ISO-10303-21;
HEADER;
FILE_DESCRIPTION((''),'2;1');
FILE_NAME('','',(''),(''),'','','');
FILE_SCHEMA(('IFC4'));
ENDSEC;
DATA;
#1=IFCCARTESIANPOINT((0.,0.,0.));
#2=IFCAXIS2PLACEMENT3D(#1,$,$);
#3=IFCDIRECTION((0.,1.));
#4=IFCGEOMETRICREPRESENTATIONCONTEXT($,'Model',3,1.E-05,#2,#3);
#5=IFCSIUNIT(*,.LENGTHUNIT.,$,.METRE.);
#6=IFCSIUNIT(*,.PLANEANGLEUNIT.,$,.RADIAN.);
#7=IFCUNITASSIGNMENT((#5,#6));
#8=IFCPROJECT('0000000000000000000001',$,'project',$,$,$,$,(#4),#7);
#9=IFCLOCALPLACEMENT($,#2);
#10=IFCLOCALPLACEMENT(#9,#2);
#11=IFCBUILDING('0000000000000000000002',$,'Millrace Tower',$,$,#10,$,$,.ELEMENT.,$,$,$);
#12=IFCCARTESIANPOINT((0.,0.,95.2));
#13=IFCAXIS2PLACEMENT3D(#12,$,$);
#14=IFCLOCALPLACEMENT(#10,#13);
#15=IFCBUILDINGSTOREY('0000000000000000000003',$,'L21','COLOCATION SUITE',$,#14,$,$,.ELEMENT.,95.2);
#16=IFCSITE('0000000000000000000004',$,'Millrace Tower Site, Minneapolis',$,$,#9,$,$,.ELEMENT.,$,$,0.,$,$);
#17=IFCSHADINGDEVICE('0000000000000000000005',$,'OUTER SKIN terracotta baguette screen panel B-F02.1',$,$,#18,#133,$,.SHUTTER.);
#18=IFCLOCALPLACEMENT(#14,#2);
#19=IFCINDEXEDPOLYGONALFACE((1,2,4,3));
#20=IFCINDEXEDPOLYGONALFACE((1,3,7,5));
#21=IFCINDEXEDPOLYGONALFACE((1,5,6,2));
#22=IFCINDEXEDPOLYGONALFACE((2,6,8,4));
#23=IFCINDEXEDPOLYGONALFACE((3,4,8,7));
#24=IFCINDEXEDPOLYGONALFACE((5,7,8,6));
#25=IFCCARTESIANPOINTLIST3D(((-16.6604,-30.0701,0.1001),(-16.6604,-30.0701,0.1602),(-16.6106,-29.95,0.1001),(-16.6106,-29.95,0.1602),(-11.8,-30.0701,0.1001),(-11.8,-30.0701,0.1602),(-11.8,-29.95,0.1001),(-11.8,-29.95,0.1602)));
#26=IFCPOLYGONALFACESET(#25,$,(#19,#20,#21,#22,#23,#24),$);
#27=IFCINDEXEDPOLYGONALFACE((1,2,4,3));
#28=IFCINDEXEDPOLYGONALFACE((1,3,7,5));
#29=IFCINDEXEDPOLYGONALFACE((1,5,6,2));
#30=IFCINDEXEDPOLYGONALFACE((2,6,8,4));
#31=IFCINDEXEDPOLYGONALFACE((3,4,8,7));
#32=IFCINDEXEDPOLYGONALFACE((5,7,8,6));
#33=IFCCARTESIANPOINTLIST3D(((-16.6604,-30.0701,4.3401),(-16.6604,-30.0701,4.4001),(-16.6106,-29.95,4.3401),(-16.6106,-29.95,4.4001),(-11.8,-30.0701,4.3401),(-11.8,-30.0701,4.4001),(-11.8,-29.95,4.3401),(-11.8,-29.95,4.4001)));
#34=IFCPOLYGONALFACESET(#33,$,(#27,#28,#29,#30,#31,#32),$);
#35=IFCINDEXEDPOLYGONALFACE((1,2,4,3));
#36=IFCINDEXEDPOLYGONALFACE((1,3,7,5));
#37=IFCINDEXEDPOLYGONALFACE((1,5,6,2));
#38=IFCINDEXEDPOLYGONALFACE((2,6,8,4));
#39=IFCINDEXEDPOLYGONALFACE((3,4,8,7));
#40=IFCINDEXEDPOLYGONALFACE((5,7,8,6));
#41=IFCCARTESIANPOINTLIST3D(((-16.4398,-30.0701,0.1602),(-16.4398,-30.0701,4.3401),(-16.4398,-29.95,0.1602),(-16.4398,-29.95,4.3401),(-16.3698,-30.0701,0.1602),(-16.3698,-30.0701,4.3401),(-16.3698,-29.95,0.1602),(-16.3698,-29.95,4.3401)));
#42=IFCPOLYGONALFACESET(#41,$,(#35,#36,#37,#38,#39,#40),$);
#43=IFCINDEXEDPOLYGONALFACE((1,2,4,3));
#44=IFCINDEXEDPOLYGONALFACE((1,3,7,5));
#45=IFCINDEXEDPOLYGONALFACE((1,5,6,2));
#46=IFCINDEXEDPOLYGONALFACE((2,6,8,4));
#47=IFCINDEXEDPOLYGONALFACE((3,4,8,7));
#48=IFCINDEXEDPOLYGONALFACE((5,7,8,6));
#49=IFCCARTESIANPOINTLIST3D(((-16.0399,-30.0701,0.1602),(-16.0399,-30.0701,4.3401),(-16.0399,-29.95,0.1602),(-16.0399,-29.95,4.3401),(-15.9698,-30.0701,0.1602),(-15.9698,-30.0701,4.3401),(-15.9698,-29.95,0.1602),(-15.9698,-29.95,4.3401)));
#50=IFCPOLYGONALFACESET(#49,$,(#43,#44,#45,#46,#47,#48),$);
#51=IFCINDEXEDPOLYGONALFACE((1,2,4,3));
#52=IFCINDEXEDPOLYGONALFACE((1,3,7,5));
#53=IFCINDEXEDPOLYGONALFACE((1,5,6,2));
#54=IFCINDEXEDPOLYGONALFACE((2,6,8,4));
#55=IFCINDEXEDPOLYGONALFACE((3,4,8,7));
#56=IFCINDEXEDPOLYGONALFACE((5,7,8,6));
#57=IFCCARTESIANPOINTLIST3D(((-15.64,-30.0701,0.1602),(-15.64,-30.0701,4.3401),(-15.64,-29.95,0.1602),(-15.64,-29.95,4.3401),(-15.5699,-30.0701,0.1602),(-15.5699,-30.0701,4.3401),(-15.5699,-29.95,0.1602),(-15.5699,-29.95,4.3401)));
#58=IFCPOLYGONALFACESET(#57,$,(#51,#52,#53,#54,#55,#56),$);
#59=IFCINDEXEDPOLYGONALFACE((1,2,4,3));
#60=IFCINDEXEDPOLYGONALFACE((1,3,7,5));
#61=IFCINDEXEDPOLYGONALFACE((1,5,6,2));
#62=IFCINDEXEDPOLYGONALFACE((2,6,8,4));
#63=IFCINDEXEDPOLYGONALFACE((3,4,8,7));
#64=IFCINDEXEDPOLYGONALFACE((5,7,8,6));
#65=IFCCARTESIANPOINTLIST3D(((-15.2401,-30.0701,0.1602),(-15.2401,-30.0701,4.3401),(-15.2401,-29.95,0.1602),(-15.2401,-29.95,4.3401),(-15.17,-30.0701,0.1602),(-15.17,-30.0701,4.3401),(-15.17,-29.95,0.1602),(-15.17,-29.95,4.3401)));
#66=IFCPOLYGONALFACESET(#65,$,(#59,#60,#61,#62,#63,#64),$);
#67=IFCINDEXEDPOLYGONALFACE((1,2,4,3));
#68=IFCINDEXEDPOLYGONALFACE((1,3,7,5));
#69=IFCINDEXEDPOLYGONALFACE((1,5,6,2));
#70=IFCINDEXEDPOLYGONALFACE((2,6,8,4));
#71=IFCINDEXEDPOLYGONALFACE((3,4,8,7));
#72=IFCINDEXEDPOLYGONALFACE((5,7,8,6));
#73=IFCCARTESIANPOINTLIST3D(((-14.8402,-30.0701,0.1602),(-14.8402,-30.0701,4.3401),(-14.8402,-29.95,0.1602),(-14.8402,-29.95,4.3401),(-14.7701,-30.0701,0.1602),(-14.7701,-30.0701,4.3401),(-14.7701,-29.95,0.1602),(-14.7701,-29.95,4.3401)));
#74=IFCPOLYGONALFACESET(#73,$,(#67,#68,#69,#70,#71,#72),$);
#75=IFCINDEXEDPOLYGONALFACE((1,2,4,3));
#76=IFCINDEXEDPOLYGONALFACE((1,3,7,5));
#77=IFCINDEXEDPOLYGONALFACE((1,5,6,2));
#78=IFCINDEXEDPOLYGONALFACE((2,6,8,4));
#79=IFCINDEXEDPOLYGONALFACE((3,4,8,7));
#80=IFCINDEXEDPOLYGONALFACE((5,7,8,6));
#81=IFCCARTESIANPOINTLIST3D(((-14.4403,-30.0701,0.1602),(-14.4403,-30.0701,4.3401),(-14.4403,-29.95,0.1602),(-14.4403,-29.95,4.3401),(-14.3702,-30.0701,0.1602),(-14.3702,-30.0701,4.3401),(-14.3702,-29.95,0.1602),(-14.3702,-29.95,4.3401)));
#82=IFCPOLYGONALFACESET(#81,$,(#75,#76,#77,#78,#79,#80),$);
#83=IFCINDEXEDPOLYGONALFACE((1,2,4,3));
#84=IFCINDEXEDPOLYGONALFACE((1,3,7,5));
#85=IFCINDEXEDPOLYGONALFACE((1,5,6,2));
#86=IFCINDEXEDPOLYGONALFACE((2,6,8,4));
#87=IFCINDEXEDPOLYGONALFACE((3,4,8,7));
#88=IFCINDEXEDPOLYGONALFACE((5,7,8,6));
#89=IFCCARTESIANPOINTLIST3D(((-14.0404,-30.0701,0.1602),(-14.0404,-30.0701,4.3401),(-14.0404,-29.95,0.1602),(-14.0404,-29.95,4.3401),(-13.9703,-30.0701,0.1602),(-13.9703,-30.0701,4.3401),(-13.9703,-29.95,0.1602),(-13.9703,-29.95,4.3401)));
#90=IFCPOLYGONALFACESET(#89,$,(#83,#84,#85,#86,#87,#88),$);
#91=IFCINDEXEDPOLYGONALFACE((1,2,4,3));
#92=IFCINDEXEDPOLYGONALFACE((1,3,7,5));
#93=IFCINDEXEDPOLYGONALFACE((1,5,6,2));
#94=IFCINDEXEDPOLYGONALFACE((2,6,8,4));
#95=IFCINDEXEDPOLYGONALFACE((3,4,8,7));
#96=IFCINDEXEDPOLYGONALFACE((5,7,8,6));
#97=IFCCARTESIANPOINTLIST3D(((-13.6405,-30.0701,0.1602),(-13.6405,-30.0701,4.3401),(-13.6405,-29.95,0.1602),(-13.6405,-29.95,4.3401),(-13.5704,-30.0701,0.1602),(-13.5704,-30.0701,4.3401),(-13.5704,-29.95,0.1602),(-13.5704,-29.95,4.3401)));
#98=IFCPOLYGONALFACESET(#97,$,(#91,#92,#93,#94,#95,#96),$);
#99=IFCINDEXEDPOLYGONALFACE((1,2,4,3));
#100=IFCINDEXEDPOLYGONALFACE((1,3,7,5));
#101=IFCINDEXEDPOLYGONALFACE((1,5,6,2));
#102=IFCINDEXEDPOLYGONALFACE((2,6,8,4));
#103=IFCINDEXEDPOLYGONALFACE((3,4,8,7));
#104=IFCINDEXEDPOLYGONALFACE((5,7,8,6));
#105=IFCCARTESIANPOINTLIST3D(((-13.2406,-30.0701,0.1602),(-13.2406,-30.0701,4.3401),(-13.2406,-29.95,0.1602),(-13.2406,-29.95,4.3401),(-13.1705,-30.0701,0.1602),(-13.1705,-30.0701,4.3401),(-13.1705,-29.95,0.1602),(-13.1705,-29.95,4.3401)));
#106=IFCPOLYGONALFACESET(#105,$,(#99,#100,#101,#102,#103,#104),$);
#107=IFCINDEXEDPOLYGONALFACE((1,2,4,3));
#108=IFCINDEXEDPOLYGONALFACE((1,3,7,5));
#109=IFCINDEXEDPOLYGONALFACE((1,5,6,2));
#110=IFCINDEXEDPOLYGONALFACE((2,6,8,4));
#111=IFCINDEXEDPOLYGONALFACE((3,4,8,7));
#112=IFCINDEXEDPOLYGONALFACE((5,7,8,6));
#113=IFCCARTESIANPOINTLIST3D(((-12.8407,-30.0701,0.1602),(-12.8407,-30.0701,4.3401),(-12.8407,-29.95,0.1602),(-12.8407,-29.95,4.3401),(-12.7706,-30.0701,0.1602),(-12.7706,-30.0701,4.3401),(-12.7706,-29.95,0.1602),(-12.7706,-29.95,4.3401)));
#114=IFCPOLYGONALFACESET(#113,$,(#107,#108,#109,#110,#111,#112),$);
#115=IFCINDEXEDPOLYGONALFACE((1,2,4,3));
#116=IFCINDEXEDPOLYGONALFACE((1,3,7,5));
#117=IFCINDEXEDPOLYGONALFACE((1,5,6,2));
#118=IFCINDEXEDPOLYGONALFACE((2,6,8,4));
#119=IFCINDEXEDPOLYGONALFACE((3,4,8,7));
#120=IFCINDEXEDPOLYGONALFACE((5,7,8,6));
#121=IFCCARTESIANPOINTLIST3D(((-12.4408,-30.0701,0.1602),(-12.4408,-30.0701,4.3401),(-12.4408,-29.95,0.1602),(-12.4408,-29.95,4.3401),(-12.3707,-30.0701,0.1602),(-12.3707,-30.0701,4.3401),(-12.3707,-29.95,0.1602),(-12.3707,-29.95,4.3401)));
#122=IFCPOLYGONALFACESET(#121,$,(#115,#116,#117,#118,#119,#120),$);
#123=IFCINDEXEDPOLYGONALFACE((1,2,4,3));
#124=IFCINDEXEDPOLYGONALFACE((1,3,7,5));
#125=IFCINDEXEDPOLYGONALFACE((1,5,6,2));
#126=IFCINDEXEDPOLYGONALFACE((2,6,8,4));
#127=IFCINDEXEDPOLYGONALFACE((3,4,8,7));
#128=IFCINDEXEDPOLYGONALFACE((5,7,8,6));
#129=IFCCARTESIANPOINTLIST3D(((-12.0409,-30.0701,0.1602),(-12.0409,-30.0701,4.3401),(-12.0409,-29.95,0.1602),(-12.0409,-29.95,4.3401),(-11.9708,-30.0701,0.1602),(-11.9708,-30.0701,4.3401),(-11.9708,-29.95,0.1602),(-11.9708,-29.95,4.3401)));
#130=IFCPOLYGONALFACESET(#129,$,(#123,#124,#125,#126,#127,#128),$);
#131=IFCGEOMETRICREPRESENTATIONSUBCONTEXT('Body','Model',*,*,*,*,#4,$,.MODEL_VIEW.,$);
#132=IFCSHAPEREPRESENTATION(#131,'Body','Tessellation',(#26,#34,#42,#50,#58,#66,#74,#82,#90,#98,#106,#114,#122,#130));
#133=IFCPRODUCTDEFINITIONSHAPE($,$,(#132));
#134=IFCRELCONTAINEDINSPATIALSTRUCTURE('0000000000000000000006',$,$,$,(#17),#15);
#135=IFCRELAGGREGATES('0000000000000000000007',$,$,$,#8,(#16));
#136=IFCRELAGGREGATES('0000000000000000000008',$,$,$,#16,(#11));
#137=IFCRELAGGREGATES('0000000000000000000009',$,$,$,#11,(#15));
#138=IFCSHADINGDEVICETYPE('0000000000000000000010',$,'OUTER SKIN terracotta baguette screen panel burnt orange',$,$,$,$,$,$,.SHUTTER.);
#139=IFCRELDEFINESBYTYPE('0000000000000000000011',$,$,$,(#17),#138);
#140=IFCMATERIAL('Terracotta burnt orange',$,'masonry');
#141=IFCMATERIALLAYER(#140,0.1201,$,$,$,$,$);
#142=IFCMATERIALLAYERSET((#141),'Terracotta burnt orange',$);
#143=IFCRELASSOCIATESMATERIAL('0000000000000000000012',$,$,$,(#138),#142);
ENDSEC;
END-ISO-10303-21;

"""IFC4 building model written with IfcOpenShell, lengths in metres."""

from ifc_helpers import new_model, entity, si_unit, direction, frame, frame_2d, origin, place, context, subcontext, project, spatial, rectangle, extrude, source, transform, mapped, material, layer, layer_set, type_object, element, save


model = new_model("IFC4")

# Units and contexts
model_context = context("Model", 3, precision=1e-05, world=origin(), true_north=direction((0.0, 1.0)))
body_context = subcontext(model_context, "Body", "Model", "MODEL_VIEW")
ifc_project = project(units=[si_unit("LENGTHUNIT", "METRE"), si_unit("PLANEANGLEUNIT", "RADIAN")], contexts=[model_context])

# Site, building, storey
site_placement = place(None, origin())
site = spatial("IfcSite", under=ifc_project, at=site_placement, Name="Millrace Tower Site, Minneapolis", CompositionType="ELEMENT", RefElevation=0.0)
building_placement = place(site_placement, origin())
building = spatial("IfcBuilding", under=site, at=building_placement, Name="Millrace Tower", CompositionType="ELEMENT")
storey_placement = place(building_placement, frame((0.0, 0.0, 95.2)))
storey = spatial("IfcBuildingStorey", under=building, at=storey_placement, Name="L21", Description="COLOCATION SUITE", CompositionType="ELEMENT", Elevation=95.2)

# Shading device
ifc_material_1 = material(Name="Terracotta burnt orange", Category="masonry")
ifc_layer_1 = layer(ifc_material_1, 0.1201)
ifc_layer_set_1 = layer_set([ifc_layer_1], Name="Terracotta burnt orange")
shading_device_type = type_object("IfcShadingDeviceType", Name="OUTER SKIN terracotta baguette screen panel burnt orange", PredefinedType="SHUTTER", material=ifc_layer_set_1)
cartesian_point_1 = entity("IfcCartesianPoint", [-2.3928, 0.0601])
shared_polyline_1 = entity("IfcPolyline", [cartesian_point_1, entity("IfcCartesianPoint", [2.4177, 0.0601]), entity("IfcCartesianPoint", [2.4177, -0.0601]), entity("IfcCartesianPoint", [-2.4426, -0.0601]), cartesian_point_1])
shared_shape_1 = source(origin(), body_context, "Body", "SweptSolid", [
    entity("IfcExtrudedAreaSolid", entity("IfcArbitraryClosedProfileDef", "AREA", None, shared_polyline_1), entity("IfcAxis2Placement3D", entity("IfcCartesianPoint", [0.0, 0.0, 0.0])), entity("IfcDirection", [0.0, 0.0, 1.0]), 0.0601),
    entity("IfcExtrudedAreaSolid", entity("IfcArbitraryClosedProfileDef", "AREA", None, shared_polyline_1), entity("IfcAxis2Placement3D", entity("IfcCartesianPoint", [0.0, 0.0, 4.24])), entity("IfcDirection", [0.0, 0.0, 1.0]), 0.0601),
    extrude(rectangle(XDim=0.0701, YDim=0.1201, at=frame_2d((-2.187, 0.0))), frame((0.0, 0.0, 0.0601)), (0.0, 0.0, 1.0), 4.1799),
    extrude(rectangle(XDim=0.0701, YDim=0.1201, at=frame_2d((-1.7871, 0.0))), frame((0.0, 0.0, 0.0601)), (0.0, 0.0, 1.0), 4.1799),
    extrude(rectangle(XDim=0.0701, YDim=0.1201, at=frame_2d((-1.3872, 0.0))), frame((0.0, 0.0, 0.0601)), (0.0, 0.0, 1.0), 4.1799),
    extrude(rectangle(XDim=0.0701, YDim=0.1201, at=frame_2d((-0.9873, 0.0))), frame((0.0, 0.0, 0.0601)), (0.0, 0.0, 1.0), 4.1799),
    extrude(rectangle(XDim=0.0701, YDim=0.1201, at=frame_2d((-0.5874, 0.0))), frame((0.0, 0.0, 0.0601)), (0.0, 0.0, 1.0), 4.1799),
    extrude(rectangle(XDim=0.0701, YDim=0.1201, at=frame_2d((-0.1875, 0.0))), frame((0.0, 0.0, 0.0601)), (0.0, 0.0, 1.0), 4.1799),
    extrude(rectangle(XDim=0.0701, YDim=0.1201, at=frame_2d((0.2124, 0.0))), frame((0.0, 0.0, 0.0601)), (0.0, 0.0, 1.0), 4.1799),
    extrude(rectangle(XDim=0.0701, YDim=0.1201, at=frame_2d((0.6123, 0.0))), frame((0.0, 0.0, 0.0601)), (0.0, 0.0, 1.0), 4.1799),
    extrude(rectangle(XDim=0.0701, YDim=0.1201, at=frame_2d((1.0122, 0.0))), frame((0.0, 0.0, 0.0601)), (0.0, 0.0, 1.0), 4.1799),
    extrude(rectangle(XDim=0.0701, YDim=0.1201, at=frame_2d((1.4121, 0.0))), frame((0.0, 0.0, 0.0601)), (0.0, 0.0, 1.0), 4.1799),
    extrude(rectangle(XDim=0.0701, YDim=0.1201, at=frame_2d((1.812, 0.0))), frame((0.0, 0.0, 0.0601)), (0.0, 0.0, 1.0), 4.1799),
    extrude(rectangle(XDim=0.0701, YDim=0.1201, at=frame_2d((2.2119, 0.0))), frame((0.0, 0.0, 0.0601)), (0.0, 0.0, 1.0), 4.1799),
])
shading_device_placement = place(storey_placement, frame((-14.2178, -30.01, 0.1001), z_axis=(0.0, 0.0, 1.0), x_axis=(1.0, 0.0, 0.0)))
element("IfcShadingDevice", 1, at=shading_device_placement, inside=storey, type_object=shading_device_type, Name="OUTER SKIN terracotta baguette screen panel B-F02.1", PredefinedType="SHUTTER", context=body_context, shape_type="MappedRepresentation", body=[
    mapped(shared_shape_1, transform((0.0, 0.0, 0.0), scale=1.0)),
])

save(model, "model.ifc")
